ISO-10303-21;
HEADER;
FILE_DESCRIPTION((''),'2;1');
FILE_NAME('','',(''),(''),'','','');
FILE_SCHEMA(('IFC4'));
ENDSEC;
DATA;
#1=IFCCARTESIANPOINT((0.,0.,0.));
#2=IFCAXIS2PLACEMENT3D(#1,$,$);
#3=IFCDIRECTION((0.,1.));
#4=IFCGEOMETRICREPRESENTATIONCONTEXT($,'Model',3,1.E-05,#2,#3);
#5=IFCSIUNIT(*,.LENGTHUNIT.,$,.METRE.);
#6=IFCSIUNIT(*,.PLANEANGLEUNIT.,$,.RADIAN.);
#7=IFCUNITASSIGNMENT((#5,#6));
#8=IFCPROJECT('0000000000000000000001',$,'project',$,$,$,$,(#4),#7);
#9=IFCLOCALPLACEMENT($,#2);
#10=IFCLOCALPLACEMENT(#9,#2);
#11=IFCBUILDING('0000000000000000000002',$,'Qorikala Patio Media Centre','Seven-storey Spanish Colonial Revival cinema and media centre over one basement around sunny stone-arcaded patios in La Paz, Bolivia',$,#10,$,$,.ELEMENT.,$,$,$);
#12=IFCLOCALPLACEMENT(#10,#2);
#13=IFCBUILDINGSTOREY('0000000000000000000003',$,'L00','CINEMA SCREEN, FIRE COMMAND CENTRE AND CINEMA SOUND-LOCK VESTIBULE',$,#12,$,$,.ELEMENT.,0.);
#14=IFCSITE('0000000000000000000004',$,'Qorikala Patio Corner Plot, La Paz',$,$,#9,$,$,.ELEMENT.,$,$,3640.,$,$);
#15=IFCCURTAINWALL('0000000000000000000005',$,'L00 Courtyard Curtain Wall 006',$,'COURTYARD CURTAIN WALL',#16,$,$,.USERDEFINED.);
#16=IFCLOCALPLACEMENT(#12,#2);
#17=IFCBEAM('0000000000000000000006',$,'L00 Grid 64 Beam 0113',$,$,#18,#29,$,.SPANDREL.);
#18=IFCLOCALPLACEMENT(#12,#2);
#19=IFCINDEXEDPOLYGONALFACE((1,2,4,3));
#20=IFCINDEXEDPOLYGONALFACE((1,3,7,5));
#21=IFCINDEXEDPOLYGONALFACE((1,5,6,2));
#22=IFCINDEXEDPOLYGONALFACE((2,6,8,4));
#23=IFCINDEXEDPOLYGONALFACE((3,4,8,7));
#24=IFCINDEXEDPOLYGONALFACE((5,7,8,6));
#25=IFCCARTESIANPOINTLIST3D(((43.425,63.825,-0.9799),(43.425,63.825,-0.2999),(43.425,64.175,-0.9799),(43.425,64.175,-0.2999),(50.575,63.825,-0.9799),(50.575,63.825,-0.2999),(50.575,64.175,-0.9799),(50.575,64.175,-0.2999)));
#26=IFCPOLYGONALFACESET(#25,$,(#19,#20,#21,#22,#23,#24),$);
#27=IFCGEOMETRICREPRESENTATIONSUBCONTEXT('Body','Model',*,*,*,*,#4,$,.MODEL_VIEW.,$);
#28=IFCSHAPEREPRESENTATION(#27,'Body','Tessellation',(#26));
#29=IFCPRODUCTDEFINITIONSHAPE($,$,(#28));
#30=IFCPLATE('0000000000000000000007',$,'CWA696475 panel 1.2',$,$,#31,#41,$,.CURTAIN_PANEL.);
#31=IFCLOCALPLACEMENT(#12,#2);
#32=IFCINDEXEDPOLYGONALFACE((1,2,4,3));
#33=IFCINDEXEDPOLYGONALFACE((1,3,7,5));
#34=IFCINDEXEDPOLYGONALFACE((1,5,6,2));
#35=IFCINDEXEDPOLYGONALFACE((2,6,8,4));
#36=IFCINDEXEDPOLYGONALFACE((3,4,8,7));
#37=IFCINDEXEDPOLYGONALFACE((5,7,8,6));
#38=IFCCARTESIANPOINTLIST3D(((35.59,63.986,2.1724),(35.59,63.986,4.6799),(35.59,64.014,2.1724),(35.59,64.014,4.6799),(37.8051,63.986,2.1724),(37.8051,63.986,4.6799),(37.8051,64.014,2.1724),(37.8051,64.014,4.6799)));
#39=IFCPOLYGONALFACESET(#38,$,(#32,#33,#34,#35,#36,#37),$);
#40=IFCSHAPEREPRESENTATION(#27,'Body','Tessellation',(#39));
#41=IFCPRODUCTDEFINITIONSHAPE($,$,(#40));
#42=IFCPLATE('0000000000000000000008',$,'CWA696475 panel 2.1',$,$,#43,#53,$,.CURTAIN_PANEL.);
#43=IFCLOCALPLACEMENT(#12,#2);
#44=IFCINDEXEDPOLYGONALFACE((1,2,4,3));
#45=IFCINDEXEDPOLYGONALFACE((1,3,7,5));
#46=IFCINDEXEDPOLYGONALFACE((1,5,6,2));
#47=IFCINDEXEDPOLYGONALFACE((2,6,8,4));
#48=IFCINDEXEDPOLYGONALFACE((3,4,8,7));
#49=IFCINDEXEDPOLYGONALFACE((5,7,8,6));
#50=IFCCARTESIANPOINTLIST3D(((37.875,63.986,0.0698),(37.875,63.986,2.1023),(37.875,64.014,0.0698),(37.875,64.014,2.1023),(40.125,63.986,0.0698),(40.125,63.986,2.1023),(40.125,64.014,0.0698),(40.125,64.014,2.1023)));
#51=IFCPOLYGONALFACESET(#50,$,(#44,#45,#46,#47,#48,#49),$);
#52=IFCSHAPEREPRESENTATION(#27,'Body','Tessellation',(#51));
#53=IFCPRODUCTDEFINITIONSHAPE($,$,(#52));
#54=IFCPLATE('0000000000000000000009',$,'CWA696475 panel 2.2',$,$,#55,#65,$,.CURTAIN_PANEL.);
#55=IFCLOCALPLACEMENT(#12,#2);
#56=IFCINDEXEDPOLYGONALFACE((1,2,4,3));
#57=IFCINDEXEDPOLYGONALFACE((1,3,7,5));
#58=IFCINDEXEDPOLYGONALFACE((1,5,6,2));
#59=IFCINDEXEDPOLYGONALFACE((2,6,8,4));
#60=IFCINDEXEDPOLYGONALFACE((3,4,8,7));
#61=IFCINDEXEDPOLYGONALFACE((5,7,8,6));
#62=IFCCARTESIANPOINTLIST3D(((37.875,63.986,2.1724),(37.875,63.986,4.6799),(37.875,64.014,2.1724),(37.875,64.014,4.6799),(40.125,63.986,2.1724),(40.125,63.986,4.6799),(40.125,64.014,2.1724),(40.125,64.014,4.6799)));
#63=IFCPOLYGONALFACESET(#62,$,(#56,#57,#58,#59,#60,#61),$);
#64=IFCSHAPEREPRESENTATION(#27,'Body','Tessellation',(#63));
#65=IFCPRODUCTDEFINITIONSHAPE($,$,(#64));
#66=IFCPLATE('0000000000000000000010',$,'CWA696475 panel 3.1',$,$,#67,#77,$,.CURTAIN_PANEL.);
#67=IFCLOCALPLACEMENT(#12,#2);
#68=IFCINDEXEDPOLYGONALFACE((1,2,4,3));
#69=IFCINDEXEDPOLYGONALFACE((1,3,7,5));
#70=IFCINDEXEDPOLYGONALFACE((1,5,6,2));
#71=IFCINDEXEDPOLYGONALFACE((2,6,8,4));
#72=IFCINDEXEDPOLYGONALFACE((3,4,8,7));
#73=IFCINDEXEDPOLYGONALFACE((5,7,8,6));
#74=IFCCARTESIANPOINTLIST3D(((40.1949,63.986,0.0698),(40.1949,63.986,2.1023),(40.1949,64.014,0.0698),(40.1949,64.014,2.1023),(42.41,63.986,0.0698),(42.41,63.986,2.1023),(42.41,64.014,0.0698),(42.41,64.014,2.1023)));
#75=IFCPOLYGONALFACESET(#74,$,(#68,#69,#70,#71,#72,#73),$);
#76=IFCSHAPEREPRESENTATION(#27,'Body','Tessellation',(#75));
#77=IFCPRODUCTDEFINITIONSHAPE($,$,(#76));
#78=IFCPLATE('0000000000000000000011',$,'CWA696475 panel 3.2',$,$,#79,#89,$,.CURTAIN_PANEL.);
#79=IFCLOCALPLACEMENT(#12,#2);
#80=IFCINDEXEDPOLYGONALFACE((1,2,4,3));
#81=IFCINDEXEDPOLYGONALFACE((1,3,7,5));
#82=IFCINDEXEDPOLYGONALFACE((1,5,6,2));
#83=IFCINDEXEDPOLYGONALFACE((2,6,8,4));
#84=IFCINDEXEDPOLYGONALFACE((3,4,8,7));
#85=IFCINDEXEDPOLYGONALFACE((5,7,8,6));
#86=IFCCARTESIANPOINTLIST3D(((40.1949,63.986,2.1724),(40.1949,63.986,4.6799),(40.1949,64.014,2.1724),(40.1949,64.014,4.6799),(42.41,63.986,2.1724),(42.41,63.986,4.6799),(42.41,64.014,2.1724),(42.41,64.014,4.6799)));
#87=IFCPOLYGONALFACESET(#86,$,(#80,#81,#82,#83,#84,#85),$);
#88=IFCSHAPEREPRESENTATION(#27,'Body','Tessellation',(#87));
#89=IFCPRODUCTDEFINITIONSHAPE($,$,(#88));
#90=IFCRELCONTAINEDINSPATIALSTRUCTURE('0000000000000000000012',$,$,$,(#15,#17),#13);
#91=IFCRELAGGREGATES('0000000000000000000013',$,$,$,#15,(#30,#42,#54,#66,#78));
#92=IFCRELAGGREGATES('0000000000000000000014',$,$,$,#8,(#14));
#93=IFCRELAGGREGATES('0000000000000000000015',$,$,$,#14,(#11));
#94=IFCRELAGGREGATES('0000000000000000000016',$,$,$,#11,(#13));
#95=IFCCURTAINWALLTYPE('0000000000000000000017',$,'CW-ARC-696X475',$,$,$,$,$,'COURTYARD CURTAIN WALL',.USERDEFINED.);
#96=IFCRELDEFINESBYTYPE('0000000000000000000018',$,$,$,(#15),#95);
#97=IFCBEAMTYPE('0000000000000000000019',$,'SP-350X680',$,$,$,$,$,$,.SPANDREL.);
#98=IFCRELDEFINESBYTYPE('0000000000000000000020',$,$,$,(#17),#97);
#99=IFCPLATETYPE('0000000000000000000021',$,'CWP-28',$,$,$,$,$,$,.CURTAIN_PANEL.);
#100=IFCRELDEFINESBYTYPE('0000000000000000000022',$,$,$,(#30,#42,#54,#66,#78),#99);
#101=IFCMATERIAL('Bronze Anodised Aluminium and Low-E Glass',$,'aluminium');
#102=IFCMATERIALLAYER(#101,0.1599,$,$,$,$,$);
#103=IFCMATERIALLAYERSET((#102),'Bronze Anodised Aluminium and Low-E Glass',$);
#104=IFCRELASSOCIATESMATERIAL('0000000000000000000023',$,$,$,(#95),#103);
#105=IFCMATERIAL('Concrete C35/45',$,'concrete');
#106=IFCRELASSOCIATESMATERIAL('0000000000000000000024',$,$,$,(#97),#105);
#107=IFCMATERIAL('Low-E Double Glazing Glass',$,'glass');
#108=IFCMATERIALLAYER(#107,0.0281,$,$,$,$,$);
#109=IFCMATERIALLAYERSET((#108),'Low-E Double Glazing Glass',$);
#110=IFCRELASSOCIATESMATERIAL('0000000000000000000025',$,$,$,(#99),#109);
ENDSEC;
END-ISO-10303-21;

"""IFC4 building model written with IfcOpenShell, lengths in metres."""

from ifc_helpers import new_model, si_unit, direction, frame, origin, origin_2d, place, context, subcontext, project, spatial, rectangle, extrude, material, layer, layer_set, material_profile, profile_set, type_object, element, aggregate, save


model = new_model("IFC4")

# Units and contexts
model_context = context("Model", 3, precision=1e-05, world=origin(), true_north=direction((0.0, 1.0)))
body_context = subcontext(model_context, "Body", "Model", "MODEL_VIEW")
ifc_project = project(units=[si_unit("LENGTHUNIT", "METRE"), si_unit("PLANEANGLEUNIT", "RADIAN")], contexts=[model_context])

# Site, building, storey
site_placement = place(None, origin())
site = spatial("IfcSite", under=ifc_project, at=site_placement, Name="Qorikala Patio Corner Plot, La Paz", CompositionType="ELEMENT", RefElevation=3640.0)
building_placement = place(site_placement, origin())
building = spatial("IfcBuilding", under=site, at=building_placement, Name="Qorikala Patio Media Centre", Description="Seven-storey Spanish Colonial Revival cinema and media centre over one basement around sunny stone-arcaded patios in La Paz, Bolivia", CompositionType="ELEMENT")
storey_placement = place(building_placement, origin())
storey = spatial("IfcBuildingStorey", under=building, at=storey_placement, Name="L00", Description="CINEMA SCREEN, FIRE COMMAND CENTRE AND CINEMA SOUND-LOCK VESTIBULE", CompositionType="ELEMENT", Elevation=0.0)

# Shared definitions
ifc_material_1 = material(Name="Concrete C35/45", Category="concrete")

# Curtain wall
ifc_material_2 = material(Name="Bronze Anodised Aluminium and Low-E Glass", Category="aluminium")
ifc_layer_1 = layer(ifc_material_2, 0.1599)
ifc_layer_set_1 = layer_set([ifc_layer_1], Name="Bronze Anodised Aluminium and Low-E Glass")
curtain_wall_type = type_object("IfcCurtainWallType", Name="CW-ARC-696X475", ElementType="COURTYARD CURTAIN WALL", PredefinedType="USERDEFINED", material=ifc_layer_set_1)
curtain_wall_1_placement = place(storey_placement, origin())
curtain_wall_1 = element("IfcCurtainWall", 1, at=curtain_wall_1_placement, inside=storey, type_object=curtain_wall_type, Name="L00 Courtyard Curtain Wall 006", ObjectType="COURTYARD CURTAIN WALL", PredefinedType="USERDEFINED")

# Beam
ifc_material_profile_1 = material_profile(ifc_material_1, rectangle(XDim=0.3501, YDim=0.6799, at=origin_2d()), Name="RC 350x680")
ifc_profile_set_1 = profile_set([ifc_material_profile_1], Name="Concrete C35/45")
beam_type_1 = type_object("IfcBeamType", Name="SP-350X680", PredefinedType="SPANDREL", material=ifc_profile_set_1)
beam_1_placement = place(storey_placement, frame((43.425, 64.0, -0.6399), z_axis=(1.0, 0.0, 0.0), x_axis=(0.0, 1.0, 0.0)))
element("IfcBeam", 2, at=beam_1_placement, inside=storey, type_object=beam_type_1, Name="L00 Grid 64 Beam 0113", PredefinedType="SPANDREL", context=body_context, shape_type="SweptSolid", body=[
    extrude(rectangle(XDim=0.3501, YDim=0.6799, at=origin_2d()), origin(), (0.0, 0.0, 1.0), 7.1499),
])

# Plates
ifc_material_3 = material(Name="Low-E Double Glazing Glass", Category="glass")
ifc_layer_2 = layer(ifc_material_3, 0.0281)
ifc_layer_set_2 = layer_set([ifc_layer_2], Name="Low-E Double Glazing Glass")
plate_type = type_object("IfcPlateType", Name="CWP-28", PredefinedType="CURTAIN_PANEL", material=ifc_layer_set_2)
plate_1_placement = place(storey_placement, frame((36.6975, 64.0, 2.1724), z_axis=(0.0, 0.0, 1.0), x_axis=(1.0, 0.0, 0.0)))
plate_1 = element("IfcPlate", 3, at=plate_1_placement, type_object=plate_type, Name="CWA696475 panel 1.2", PredefinedType="CURTAIN_PANEL", context=body_context, shape_type="SweptSolid", body=[
    extrude(rectangle(XDim=2.2151, YDim=0.0281, at=origin_2d()), origin(), (0.0, 0.0, 1.0), 2.5076),
])
plate_2_placement = place(storey_placement, frame((39.0, 64.0, 0.0698), z_axis=(0.0, 0.0, 1.0), x_axis=(1.0, 0.0, 0.0)))
plate_2 = element("IfcPlate", 4, at=plate_2_placement, type_object=plate_type, Name="CWA696475 panel 2.1", PredefinedType="CURTAIN_PANEL", context=body_context, shape_type="SweptSolid", body=[
    extrude(rectangle(XDim=2.25, YDim=0.0281, at=origin_2d()), origin(), (0.0, 0.0, 1.0), 2.0325),
])
plate_3_placement = place(storey_placement, frame((39.0, 64.0, 2.1724), z_axis=(0.0, 0.0, 1.0), x_axis=(1.0, 0.0, 0.0)))
plate_3 = element("IfcPlate", 5, at=plate_3_placement, type_object=plate_type, Name="CWA696475 panel 2.2", PredefinedType="CURTAIN_PANEL", context=body_context, shape_type="SweptSolid", body=[
    extrude(rectangle(XDim=2.25, YDim=0.0281, at=origin_2d()), origin(), (0.0, 0.0, 1.0), 2.5076),
])
plate_4_placement = place(storey_placement, frame((41.3025, 64.0, 0.0698), z_axis=(0.0, 0.0, 1.0), x_axis=(1.0, 0.0, 0.0)))
plate_4 = element("IfcPlate", 6, at=plate_4_placement, type_object=plate_type, Name="CWA696475 panel 3.1", PredefinedType="CURTAIN_PANEL", context=body_context, shape_type="SweptSolid", body=[
    extrude(rectangle(XDim=2.2151, YDim=0.0281, at=origin_2d()), origin(), (0.0, 0.0, 1.0), 2.0325),
])
plate_5_placement = place(storey_placement, frame((41.3025, 64.0, 2.1724), z_axis=(0.0, 0.0, 1.0), x_axis=(1.0, 0.0, 0.0)))
plate_5 = element("IfcPlate", 7, at=plate_5_placement, type_object=plate_type, Name="CWA696475 panel 3.2", PredefinedType="CURTAIN_PANEL", context=body_context, shape_type="SweptSolid", body=[
    extrude(rectangle(XDim=2.2151, YDim=0.0281, at=origin_2d()), origin(), (0.0, 0.0, 1.0), 2.5076),
])
aggregate(curtain_wall_1, [plate_1, plate_2, plate_3, plate_4, plate_5])

save(model, "model.ifc")
